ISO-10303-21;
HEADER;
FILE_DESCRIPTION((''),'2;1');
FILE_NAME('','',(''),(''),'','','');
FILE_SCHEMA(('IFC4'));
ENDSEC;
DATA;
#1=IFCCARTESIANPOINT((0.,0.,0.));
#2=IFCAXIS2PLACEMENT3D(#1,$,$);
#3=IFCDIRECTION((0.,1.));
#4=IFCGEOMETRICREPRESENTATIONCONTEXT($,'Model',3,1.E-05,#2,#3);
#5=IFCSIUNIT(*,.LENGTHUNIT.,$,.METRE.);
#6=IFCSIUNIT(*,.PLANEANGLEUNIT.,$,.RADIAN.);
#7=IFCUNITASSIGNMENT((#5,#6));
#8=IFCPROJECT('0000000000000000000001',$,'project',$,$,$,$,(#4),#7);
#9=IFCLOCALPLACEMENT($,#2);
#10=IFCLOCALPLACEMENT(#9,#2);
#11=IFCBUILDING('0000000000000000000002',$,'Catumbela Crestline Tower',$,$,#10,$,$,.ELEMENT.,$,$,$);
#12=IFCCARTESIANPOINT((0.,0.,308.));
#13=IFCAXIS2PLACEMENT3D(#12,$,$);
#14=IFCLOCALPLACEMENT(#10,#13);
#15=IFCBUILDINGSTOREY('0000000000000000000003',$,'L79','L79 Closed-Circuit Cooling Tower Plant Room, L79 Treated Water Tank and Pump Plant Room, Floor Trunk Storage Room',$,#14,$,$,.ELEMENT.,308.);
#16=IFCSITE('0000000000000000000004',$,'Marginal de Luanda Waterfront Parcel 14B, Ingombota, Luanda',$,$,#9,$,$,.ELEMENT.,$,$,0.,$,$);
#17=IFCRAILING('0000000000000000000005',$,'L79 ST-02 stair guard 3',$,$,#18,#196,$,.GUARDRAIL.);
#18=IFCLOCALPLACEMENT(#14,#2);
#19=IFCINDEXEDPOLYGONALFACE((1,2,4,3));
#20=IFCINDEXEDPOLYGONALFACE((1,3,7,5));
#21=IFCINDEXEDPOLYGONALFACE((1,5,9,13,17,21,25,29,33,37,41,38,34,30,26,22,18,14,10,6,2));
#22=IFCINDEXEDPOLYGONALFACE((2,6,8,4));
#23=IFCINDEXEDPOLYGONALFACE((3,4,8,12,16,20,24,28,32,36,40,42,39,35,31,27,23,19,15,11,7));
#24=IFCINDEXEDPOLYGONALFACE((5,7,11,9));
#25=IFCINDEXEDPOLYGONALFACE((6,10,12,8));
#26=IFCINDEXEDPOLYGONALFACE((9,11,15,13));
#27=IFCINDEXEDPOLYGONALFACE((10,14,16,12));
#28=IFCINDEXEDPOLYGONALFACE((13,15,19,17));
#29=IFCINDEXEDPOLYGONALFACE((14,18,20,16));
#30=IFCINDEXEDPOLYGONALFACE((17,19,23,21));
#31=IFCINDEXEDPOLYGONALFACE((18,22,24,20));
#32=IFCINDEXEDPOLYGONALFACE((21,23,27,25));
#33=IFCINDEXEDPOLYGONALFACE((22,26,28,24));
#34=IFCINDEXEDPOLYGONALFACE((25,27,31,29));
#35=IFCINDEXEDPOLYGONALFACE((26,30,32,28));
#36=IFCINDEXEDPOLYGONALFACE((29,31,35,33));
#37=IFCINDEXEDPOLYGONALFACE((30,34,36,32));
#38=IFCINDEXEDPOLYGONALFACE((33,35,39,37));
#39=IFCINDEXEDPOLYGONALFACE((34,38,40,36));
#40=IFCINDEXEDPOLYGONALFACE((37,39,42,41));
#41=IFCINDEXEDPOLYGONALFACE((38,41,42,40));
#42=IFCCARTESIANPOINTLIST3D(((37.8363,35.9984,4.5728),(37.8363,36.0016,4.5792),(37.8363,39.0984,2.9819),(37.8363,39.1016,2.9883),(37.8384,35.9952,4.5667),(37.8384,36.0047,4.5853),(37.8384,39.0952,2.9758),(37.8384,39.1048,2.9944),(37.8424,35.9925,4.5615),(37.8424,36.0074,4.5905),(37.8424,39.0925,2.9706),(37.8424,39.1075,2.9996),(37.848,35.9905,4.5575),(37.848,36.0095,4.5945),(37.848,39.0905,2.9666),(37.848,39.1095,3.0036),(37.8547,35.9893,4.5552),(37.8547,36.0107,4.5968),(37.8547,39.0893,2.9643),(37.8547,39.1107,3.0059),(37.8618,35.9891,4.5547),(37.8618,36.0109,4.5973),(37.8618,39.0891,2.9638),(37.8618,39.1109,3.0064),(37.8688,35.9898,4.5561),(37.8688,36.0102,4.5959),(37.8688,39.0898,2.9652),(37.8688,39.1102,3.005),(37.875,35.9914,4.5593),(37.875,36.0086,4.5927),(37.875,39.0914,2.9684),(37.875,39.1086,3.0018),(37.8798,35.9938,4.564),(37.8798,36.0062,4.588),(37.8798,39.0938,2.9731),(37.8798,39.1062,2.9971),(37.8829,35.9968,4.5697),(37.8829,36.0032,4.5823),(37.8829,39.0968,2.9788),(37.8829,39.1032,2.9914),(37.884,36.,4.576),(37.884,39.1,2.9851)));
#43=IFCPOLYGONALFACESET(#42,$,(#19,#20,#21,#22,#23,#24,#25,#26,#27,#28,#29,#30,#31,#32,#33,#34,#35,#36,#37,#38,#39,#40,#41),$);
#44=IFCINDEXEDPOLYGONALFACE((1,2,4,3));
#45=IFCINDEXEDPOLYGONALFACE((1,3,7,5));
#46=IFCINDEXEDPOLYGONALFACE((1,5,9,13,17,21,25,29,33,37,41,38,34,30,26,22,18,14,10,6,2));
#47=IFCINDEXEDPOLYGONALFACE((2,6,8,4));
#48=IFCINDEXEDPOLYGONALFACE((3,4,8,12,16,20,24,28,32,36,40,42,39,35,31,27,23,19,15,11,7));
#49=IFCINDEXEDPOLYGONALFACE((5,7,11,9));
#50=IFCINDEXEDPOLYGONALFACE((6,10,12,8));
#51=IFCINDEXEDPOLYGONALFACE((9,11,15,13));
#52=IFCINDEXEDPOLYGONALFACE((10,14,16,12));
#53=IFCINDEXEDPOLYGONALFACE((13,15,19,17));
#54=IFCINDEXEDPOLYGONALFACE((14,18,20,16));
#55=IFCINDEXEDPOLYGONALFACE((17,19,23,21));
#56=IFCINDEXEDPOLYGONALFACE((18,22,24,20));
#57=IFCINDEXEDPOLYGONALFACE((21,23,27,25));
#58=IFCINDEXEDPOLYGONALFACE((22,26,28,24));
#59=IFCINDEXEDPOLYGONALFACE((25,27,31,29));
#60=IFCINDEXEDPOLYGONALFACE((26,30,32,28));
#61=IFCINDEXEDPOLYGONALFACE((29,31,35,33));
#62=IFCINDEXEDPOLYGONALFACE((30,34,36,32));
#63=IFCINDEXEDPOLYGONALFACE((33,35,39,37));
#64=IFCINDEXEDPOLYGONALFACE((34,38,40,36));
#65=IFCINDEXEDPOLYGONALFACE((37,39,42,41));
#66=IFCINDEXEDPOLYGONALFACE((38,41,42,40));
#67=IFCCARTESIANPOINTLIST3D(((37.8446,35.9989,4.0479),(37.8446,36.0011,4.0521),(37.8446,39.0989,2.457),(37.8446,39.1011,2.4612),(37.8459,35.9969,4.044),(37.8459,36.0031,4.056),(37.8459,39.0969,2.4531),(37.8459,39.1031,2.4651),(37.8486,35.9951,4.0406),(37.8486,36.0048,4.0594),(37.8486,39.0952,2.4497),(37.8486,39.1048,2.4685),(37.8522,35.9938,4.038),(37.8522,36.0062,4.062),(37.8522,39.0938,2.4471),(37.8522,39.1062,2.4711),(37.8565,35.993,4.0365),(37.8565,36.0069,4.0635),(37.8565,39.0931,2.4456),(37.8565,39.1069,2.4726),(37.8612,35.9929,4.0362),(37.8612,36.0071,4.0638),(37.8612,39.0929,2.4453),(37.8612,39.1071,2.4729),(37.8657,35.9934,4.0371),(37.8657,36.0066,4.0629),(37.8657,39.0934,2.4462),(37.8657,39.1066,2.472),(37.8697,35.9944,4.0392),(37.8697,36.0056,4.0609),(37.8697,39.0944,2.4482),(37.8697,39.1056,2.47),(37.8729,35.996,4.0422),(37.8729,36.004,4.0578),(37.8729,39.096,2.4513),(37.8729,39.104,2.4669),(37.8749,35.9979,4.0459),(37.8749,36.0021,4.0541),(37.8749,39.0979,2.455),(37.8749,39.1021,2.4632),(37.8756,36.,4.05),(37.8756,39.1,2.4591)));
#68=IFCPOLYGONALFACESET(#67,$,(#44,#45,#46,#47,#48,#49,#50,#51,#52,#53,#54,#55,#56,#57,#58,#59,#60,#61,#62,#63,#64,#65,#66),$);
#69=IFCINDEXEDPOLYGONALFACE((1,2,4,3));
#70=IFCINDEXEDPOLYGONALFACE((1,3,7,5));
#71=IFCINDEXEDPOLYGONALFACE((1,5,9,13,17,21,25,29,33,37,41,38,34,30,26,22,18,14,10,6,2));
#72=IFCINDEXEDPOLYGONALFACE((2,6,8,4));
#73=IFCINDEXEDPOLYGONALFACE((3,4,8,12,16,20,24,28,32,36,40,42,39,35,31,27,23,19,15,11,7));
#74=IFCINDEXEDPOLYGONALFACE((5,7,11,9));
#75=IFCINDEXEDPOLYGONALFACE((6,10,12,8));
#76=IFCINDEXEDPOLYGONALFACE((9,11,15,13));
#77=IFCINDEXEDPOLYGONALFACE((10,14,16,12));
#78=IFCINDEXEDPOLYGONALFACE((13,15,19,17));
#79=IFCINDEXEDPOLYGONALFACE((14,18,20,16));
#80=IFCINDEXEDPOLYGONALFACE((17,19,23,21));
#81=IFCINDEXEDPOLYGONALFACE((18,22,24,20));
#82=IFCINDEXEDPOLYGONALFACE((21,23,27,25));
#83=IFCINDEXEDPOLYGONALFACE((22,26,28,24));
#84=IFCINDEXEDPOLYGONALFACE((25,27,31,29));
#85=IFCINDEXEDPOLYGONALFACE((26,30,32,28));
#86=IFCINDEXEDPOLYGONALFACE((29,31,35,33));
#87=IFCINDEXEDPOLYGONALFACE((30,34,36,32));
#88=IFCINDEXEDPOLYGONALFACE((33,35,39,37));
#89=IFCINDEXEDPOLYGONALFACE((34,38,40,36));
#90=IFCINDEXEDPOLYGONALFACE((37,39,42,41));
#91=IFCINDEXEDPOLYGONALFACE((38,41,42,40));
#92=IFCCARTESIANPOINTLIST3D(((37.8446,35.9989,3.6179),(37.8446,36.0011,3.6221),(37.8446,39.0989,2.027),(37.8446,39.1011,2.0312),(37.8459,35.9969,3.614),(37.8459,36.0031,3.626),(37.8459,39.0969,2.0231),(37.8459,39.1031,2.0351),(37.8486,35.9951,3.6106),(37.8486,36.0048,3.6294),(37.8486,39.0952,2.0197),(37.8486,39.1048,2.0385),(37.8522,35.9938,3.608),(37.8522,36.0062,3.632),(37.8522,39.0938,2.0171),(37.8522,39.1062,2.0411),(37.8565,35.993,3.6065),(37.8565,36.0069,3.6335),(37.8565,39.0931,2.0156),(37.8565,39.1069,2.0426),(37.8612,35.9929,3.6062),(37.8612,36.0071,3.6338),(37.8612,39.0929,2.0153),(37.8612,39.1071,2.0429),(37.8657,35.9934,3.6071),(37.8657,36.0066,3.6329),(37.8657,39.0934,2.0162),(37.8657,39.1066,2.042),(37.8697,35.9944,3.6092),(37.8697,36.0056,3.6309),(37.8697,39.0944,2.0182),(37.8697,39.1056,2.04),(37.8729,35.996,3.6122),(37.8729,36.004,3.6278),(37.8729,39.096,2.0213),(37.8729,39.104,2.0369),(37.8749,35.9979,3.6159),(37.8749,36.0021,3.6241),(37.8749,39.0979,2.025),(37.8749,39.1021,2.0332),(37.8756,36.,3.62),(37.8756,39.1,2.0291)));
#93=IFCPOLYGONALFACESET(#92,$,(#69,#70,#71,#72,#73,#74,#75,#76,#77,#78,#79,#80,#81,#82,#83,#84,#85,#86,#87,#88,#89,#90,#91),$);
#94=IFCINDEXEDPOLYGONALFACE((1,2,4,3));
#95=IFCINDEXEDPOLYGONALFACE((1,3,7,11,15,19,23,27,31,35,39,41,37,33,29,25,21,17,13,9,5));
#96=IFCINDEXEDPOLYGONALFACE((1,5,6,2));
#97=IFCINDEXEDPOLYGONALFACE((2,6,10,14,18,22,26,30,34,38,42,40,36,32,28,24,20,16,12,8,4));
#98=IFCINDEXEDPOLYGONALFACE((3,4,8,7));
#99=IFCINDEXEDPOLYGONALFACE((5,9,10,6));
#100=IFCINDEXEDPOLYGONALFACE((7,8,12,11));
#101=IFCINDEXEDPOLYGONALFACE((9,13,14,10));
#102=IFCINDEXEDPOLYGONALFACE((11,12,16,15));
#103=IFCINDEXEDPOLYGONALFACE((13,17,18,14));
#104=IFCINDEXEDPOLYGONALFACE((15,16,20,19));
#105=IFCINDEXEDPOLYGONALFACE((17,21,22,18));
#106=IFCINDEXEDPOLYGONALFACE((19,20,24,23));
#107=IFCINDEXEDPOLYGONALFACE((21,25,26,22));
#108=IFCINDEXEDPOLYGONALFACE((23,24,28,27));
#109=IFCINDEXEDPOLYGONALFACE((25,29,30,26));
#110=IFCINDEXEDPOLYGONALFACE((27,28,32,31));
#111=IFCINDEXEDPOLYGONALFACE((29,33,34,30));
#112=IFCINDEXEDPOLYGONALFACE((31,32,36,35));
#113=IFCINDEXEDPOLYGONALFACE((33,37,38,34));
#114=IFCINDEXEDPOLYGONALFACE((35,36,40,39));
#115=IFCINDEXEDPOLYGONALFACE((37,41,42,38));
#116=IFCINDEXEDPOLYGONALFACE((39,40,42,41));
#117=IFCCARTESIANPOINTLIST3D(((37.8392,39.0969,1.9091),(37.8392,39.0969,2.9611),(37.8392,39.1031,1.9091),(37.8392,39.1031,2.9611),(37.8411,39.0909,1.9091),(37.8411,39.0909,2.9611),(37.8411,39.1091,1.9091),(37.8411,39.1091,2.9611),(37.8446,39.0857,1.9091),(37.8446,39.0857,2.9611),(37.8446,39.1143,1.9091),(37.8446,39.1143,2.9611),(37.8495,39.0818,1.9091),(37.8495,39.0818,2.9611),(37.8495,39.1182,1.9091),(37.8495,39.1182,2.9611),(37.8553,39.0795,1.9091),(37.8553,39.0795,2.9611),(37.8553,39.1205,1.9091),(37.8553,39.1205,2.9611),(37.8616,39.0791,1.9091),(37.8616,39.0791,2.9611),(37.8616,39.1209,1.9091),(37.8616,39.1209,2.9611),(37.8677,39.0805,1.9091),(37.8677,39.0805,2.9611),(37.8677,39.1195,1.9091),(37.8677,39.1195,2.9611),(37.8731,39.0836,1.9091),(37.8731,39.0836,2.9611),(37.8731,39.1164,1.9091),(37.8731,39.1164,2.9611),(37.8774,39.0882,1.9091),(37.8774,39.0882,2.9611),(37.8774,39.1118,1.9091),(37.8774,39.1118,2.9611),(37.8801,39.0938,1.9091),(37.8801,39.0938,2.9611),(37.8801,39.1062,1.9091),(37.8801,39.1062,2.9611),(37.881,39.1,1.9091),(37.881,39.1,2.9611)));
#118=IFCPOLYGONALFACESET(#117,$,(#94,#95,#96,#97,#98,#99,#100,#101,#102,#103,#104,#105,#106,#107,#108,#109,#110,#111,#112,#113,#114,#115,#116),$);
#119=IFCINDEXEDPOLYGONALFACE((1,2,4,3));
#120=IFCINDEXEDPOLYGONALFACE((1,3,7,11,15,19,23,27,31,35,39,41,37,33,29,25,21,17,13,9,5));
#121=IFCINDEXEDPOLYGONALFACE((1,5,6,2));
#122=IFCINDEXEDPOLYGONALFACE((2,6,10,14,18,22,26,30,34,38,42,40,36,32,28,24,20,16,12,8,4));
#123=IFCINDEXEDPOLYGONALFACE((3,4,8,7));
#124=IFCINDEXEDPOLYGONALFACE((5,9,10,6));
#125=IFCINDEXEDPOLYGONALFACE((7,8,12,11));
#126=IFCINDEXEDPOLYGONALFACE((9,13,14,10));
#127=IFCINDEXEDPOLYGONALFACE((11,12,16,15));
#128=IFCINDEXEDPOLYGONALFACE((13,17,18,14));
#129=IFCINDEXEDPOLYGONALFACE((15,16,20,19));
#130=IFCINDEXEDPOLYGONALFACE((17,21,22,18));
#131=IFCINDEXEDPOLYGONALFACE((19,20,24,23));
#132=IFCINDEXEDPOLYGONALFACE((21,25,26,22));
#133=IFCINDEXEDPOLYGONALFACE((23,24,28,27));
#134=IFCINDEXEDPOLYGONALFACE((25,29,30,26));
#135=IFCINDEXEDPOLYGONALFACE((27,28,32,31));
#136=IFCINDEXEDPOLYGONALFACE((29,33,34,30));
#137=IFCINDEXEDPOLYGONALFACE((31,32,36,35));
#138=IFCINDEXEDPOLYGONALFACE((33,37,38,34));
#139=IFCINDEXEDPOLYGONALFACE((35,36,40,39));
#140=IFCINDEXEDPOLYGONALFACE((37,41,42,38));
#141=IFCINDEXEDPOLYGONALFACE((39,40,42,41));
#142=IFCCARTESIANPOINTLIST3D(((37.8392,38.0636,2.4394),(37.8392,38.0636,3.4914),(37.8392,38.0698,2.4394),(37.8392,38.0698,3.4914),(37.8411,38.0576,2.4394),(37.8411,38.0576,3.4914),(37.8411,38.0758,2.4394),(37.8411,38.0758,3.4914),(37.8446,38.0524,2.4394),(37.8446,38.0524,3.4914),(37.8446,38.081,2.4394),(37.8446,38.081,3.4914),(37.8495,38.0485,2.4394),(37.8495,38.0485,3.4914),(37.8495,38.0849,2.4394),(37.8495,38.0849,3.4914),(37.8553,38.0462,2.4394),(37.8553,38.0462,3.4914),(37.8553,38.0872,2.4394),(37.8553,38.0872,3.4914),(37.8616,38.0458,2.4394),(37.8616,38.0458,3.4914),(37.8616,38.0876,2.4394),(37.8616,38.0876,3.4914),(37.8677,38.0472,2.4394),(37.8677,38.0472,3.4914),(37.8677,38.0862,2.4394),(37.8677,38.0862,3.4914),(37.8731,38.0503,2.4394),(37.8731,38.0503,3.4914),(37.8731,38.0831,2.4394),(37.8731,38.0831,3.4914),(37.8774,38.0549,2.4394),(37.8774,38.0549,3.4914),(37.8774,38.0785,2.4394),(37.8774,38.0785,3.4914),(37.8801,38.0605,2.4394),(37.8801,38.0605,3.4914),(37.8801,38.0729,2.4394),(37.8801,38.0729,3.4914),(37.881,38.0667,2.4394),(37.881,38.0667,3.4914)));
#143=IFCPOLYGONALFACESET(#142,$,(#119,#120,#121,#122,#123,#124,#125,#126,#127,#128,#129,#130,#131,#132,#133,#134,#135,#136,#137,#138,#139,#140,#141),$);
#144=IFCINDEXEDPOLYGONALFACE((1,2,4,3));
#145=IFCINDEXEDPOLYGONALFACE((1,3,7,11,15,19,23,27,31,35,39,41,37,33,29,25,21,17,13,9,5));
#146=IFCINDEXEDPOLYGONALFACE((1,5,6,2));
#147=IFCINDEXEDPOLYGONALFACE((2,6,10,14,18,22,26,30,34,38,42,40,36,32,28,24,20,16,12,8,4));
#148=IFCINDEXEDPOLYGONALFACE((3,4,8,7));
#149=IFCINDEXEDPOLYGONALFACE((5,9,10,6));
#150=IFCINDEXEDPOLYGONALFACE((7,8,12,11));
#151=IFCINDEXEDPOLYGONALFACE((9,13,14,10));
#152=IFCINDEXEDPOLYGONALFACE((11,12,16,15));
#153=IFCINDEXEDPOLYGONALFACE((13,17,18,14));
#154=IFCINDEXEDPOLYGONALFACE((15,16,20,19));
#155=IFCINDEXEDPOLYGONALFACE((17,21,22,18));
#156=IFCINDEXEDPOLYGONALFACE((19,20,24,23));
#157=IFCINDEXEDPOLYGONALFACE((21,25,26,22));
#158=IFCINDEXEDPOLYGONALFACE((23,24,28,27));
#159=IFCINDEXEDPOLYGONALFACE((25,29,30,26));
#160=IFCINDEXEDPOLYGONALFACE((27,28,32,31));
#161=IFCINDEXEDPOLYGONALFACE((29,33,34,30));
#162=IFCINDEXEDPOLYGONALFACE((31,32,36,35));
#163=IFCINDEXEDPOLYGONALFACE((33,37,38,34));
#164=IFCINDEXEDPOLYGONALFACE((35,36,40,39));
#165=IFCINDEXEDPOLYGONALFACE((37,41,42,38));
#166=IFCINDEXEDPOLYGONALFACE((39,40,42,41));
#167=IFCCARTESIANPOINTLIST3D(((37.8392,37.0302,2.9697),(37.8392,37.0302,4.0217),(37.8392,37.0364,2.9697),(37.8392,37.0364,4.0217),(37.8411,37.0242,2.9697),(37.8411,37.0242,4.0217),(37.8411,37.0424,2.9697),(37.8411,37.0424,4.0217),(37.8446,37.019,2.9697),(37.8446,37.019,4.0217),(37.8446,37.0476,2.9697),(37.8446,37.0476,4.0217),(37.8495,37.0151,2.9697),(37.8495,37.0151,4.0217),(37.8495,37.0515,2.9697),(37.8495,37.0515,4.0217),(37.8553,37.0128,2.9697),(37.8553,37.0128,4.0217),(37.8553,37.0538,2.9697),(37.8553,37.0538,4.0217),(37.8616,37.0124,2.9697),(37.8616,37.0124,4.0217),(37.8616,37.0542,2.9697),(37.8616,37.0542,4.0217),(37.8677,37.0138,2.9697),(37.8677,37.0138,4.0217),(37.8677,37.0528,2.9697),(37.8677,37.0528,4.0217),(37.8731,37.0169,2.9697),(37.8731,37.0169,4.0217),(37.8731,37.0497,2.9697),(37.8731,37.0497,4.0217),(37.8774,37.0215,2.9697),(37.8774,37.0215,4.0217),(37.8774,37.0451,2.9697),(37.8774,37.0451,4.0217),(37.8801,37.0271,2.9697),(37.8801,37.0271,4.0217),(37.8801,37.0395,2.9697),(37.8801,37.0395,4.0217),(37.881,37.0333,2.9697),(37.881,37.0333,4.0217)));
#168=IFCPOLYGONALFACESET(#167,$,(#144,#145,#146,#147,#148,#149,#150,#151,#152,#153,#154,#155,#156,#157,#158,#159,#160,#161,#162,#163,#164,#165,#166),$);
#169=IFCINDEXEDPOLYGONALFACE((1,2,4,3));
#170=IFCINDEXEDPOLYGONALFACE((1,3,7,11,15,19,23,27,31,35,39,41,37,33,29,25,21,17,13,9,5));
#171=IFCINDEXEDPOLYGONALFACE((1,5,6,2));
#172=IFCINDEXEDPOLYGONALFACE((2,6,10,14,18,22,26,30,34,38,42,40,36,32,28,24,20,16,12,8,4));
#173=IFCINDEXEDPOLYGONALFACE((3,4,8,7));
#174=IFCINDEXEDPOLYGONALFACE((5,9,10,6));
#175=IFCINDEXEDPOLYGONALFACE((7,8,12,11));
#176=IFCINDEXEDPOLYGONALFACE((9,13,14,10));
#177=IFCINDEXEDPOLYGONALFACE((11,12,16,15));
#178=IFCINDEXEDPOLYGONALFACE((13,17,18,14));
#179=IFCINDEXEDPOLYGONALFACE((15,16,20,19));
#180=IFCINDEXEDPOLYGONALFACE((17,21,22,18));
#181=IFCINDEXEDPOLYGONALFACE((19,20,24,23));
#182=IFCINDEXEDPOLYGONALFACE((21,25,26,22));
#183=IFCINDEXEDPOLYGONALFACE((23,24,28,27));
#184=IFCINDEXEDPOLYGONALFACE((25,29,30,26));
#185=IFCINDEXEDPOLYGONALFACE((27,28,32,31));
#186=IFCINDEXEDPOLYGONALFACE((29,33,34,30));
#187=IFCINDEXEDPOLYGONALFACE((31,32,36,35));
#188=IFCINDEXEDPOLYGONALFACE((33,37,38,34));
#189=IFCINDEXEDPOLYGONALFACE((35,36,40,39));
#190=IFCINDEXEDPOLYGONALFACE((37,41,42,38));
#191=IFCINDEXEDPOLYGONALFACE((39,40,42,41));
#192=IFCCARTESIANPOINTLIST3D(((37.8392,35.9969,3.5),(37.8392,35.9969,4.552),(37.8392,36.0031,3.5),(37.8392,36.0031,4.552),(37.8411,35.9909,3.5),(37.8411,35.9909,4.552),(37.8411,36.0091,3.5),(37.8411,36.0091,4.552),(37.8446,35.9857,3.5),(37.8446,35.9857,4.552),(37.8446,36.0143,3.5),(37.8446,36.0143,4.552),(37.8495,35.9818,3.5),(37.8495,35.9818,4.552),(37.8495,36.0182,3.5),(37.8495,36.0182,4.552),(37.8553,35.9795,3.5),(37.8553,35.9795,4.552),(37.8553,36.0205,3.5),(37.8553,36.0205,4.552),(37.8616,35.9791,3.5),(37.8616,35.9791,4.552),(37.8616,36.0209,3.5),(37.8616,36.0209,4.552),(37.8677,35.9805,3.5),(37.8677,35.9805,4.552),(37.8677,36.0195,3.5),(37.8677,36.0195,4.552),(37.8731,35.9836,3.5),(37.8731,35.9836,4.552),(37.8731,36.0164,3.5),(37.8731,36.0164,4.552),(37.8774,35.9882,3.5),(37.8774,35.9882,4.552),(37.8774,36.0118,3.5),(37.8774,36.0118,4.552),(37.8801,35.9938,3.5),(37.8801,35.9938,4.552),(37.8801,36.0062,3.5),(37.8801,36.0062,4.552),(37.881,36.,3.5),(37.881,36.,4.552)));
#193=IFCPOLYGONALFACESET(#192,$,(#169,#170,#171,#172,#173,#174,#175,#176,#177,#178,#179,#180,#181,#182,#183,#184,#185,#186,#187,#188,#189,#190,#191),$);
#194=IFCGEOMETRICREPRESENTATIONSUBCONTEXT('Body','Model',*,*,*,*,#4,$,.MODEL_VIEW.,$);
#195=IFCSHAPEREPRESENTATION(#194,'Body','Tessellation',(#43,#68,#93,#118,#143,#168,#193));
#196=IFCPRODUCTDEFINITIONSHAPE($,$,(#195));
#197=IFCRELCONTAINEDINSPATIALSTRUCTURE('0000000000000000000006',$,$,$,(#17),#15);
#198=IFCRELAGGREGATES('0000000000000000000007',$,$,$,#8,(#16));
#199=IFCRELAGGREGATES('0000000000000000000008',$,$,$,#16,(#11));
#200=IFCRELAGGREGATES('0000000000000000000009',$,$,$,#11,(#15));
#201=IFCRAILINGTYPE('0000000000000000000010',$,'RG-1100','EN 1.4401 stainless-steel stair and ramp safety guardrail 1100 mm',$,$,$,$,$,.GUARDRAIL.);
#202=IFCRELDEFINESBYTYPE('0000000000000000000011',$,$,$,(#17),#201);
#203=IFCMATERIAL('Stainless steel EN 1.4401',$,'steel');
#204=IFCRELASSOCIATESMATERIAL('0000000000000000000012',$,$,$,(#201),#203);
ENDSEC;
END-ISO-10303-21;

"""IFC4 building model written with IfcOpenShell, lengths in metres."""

from ifc_helpers import new_model, si_unit, direction, frame, origin, origin_2d, place, context, subcontext, project, spatial, circle, extrude, material, type_object, element, save


model = new_model("IFC4")

# Units and contexts
model_context = context("Model", 3, precision=1e-05, world=origin(), true_north=direction((0.0, 1.0)))
body_context = subcontext(model_context, "Body", "Model", "MODEL_VIEW")
ifc_project = project(units=[si_unit("LENGTHUNIT", "METRE"), si_unit("PLANEANGLEUNIT", "RADIAN")], contexts=[model_context])

# Site, building, storey
site_placement = place(None, origin())
site = spatial("IfcSite", under=ifc_project, at=site_placement, Name="Marginal de Luanda Waterfront Parcel 14B, Ingombota, Luanda", CompositionType="ELEMENT", RefElevation=0.0)
building_placement = place(site_placement, origin())
building = spatial("IfcBuilding", under=site, at=building_placement, Name="Catumbela Crestline Tower", CompositionType="ELEMENT")
storey_placement = place(building_placement, frame((0.0, 0.0, 308.0)))
storey = spatial("IfcBuildingStorey", under=building, at=storey_placement, Name="L79", Description="L79 Closed-Circuit Cooling Tower Plant Room, L79 Treated Water Tank and Pump Plant Room, Floor Trunk Storage Room", CompositionType="ELEMENT", Elevation=308.0)

# Shared definitions
ifc_material_1 = material(Name="Stainless steel EN 1.4401", Category="steel")

# Railing
railing_type_1 = type_object("IfcRailingType", Name="RG-1100", Description="EN 1.4401 stainless-steel stair and ramp safety guardrail 1100 mm", PredefinedType="GUARDRAIL", material=ifc_material_1)
railing_1_placement = place(storey_placement, frame((37.86, 39.1, 1.9091)))
element("IfcRailing", 1, at=railing_1_placement, inside=storey, type_object=railing_type_1, Name="L79 ST-02 stair guard 3", PredefinedType="GUARDRAIL", context=body_context, shape_type="SweptSolid", body=[
    extrude(circle(Radius=0.024, at=origin_2d()), frame((0.0, 0.0, 1.076), z_axis=(0.0, -0.889683, 0.456579), x_axis=(1.0, 0.0, 0.0)), (0.0, 0.0, 1.0), 3.4844),
    extrude(circle(Radius=0.0156, at=origin_2d()), frame((0.0, 0.0, 0.55), z_axis=(0.0, -0.889683, 0.456579), x_axis=(1.0, 0.0, 0.0)), (0.0, 0.0, 1.0), 3.4844),
    extrude(circle(Radius=0.0156, at=origin_2d()), frame((0.0, 0.0, 0.12), z_axis=(0.0, -0.889683, 0.456579), x_axis=(1.0, 0.0, 0.0)), (0.0, 0.0, 1.0), 3.4844),
    extrude(circle(Radius=0.021, at=origin_2d()), origin(), (0.0, 0.0, 1.0), 1.052),
    extrude(circle(Radius=0.021, at=origin_2d()), frame((0.0, -1.0333, 0.5303)), (0.0, 0.0, 1.0), 1.052),
    extrude(circle(Radius=0.021, at=origin_2d()), frame((0.0, -2.0667, 1.0606)), (0.0, 0.0, 1.0), 1.052),
    extrude(circle(Radius=0.021, at=origin_2d()), frame((0.0, -3.1, 1.5909)), (0.0, 0.0, 1.0), 1.052),
])

save(model, "model.ifc")
